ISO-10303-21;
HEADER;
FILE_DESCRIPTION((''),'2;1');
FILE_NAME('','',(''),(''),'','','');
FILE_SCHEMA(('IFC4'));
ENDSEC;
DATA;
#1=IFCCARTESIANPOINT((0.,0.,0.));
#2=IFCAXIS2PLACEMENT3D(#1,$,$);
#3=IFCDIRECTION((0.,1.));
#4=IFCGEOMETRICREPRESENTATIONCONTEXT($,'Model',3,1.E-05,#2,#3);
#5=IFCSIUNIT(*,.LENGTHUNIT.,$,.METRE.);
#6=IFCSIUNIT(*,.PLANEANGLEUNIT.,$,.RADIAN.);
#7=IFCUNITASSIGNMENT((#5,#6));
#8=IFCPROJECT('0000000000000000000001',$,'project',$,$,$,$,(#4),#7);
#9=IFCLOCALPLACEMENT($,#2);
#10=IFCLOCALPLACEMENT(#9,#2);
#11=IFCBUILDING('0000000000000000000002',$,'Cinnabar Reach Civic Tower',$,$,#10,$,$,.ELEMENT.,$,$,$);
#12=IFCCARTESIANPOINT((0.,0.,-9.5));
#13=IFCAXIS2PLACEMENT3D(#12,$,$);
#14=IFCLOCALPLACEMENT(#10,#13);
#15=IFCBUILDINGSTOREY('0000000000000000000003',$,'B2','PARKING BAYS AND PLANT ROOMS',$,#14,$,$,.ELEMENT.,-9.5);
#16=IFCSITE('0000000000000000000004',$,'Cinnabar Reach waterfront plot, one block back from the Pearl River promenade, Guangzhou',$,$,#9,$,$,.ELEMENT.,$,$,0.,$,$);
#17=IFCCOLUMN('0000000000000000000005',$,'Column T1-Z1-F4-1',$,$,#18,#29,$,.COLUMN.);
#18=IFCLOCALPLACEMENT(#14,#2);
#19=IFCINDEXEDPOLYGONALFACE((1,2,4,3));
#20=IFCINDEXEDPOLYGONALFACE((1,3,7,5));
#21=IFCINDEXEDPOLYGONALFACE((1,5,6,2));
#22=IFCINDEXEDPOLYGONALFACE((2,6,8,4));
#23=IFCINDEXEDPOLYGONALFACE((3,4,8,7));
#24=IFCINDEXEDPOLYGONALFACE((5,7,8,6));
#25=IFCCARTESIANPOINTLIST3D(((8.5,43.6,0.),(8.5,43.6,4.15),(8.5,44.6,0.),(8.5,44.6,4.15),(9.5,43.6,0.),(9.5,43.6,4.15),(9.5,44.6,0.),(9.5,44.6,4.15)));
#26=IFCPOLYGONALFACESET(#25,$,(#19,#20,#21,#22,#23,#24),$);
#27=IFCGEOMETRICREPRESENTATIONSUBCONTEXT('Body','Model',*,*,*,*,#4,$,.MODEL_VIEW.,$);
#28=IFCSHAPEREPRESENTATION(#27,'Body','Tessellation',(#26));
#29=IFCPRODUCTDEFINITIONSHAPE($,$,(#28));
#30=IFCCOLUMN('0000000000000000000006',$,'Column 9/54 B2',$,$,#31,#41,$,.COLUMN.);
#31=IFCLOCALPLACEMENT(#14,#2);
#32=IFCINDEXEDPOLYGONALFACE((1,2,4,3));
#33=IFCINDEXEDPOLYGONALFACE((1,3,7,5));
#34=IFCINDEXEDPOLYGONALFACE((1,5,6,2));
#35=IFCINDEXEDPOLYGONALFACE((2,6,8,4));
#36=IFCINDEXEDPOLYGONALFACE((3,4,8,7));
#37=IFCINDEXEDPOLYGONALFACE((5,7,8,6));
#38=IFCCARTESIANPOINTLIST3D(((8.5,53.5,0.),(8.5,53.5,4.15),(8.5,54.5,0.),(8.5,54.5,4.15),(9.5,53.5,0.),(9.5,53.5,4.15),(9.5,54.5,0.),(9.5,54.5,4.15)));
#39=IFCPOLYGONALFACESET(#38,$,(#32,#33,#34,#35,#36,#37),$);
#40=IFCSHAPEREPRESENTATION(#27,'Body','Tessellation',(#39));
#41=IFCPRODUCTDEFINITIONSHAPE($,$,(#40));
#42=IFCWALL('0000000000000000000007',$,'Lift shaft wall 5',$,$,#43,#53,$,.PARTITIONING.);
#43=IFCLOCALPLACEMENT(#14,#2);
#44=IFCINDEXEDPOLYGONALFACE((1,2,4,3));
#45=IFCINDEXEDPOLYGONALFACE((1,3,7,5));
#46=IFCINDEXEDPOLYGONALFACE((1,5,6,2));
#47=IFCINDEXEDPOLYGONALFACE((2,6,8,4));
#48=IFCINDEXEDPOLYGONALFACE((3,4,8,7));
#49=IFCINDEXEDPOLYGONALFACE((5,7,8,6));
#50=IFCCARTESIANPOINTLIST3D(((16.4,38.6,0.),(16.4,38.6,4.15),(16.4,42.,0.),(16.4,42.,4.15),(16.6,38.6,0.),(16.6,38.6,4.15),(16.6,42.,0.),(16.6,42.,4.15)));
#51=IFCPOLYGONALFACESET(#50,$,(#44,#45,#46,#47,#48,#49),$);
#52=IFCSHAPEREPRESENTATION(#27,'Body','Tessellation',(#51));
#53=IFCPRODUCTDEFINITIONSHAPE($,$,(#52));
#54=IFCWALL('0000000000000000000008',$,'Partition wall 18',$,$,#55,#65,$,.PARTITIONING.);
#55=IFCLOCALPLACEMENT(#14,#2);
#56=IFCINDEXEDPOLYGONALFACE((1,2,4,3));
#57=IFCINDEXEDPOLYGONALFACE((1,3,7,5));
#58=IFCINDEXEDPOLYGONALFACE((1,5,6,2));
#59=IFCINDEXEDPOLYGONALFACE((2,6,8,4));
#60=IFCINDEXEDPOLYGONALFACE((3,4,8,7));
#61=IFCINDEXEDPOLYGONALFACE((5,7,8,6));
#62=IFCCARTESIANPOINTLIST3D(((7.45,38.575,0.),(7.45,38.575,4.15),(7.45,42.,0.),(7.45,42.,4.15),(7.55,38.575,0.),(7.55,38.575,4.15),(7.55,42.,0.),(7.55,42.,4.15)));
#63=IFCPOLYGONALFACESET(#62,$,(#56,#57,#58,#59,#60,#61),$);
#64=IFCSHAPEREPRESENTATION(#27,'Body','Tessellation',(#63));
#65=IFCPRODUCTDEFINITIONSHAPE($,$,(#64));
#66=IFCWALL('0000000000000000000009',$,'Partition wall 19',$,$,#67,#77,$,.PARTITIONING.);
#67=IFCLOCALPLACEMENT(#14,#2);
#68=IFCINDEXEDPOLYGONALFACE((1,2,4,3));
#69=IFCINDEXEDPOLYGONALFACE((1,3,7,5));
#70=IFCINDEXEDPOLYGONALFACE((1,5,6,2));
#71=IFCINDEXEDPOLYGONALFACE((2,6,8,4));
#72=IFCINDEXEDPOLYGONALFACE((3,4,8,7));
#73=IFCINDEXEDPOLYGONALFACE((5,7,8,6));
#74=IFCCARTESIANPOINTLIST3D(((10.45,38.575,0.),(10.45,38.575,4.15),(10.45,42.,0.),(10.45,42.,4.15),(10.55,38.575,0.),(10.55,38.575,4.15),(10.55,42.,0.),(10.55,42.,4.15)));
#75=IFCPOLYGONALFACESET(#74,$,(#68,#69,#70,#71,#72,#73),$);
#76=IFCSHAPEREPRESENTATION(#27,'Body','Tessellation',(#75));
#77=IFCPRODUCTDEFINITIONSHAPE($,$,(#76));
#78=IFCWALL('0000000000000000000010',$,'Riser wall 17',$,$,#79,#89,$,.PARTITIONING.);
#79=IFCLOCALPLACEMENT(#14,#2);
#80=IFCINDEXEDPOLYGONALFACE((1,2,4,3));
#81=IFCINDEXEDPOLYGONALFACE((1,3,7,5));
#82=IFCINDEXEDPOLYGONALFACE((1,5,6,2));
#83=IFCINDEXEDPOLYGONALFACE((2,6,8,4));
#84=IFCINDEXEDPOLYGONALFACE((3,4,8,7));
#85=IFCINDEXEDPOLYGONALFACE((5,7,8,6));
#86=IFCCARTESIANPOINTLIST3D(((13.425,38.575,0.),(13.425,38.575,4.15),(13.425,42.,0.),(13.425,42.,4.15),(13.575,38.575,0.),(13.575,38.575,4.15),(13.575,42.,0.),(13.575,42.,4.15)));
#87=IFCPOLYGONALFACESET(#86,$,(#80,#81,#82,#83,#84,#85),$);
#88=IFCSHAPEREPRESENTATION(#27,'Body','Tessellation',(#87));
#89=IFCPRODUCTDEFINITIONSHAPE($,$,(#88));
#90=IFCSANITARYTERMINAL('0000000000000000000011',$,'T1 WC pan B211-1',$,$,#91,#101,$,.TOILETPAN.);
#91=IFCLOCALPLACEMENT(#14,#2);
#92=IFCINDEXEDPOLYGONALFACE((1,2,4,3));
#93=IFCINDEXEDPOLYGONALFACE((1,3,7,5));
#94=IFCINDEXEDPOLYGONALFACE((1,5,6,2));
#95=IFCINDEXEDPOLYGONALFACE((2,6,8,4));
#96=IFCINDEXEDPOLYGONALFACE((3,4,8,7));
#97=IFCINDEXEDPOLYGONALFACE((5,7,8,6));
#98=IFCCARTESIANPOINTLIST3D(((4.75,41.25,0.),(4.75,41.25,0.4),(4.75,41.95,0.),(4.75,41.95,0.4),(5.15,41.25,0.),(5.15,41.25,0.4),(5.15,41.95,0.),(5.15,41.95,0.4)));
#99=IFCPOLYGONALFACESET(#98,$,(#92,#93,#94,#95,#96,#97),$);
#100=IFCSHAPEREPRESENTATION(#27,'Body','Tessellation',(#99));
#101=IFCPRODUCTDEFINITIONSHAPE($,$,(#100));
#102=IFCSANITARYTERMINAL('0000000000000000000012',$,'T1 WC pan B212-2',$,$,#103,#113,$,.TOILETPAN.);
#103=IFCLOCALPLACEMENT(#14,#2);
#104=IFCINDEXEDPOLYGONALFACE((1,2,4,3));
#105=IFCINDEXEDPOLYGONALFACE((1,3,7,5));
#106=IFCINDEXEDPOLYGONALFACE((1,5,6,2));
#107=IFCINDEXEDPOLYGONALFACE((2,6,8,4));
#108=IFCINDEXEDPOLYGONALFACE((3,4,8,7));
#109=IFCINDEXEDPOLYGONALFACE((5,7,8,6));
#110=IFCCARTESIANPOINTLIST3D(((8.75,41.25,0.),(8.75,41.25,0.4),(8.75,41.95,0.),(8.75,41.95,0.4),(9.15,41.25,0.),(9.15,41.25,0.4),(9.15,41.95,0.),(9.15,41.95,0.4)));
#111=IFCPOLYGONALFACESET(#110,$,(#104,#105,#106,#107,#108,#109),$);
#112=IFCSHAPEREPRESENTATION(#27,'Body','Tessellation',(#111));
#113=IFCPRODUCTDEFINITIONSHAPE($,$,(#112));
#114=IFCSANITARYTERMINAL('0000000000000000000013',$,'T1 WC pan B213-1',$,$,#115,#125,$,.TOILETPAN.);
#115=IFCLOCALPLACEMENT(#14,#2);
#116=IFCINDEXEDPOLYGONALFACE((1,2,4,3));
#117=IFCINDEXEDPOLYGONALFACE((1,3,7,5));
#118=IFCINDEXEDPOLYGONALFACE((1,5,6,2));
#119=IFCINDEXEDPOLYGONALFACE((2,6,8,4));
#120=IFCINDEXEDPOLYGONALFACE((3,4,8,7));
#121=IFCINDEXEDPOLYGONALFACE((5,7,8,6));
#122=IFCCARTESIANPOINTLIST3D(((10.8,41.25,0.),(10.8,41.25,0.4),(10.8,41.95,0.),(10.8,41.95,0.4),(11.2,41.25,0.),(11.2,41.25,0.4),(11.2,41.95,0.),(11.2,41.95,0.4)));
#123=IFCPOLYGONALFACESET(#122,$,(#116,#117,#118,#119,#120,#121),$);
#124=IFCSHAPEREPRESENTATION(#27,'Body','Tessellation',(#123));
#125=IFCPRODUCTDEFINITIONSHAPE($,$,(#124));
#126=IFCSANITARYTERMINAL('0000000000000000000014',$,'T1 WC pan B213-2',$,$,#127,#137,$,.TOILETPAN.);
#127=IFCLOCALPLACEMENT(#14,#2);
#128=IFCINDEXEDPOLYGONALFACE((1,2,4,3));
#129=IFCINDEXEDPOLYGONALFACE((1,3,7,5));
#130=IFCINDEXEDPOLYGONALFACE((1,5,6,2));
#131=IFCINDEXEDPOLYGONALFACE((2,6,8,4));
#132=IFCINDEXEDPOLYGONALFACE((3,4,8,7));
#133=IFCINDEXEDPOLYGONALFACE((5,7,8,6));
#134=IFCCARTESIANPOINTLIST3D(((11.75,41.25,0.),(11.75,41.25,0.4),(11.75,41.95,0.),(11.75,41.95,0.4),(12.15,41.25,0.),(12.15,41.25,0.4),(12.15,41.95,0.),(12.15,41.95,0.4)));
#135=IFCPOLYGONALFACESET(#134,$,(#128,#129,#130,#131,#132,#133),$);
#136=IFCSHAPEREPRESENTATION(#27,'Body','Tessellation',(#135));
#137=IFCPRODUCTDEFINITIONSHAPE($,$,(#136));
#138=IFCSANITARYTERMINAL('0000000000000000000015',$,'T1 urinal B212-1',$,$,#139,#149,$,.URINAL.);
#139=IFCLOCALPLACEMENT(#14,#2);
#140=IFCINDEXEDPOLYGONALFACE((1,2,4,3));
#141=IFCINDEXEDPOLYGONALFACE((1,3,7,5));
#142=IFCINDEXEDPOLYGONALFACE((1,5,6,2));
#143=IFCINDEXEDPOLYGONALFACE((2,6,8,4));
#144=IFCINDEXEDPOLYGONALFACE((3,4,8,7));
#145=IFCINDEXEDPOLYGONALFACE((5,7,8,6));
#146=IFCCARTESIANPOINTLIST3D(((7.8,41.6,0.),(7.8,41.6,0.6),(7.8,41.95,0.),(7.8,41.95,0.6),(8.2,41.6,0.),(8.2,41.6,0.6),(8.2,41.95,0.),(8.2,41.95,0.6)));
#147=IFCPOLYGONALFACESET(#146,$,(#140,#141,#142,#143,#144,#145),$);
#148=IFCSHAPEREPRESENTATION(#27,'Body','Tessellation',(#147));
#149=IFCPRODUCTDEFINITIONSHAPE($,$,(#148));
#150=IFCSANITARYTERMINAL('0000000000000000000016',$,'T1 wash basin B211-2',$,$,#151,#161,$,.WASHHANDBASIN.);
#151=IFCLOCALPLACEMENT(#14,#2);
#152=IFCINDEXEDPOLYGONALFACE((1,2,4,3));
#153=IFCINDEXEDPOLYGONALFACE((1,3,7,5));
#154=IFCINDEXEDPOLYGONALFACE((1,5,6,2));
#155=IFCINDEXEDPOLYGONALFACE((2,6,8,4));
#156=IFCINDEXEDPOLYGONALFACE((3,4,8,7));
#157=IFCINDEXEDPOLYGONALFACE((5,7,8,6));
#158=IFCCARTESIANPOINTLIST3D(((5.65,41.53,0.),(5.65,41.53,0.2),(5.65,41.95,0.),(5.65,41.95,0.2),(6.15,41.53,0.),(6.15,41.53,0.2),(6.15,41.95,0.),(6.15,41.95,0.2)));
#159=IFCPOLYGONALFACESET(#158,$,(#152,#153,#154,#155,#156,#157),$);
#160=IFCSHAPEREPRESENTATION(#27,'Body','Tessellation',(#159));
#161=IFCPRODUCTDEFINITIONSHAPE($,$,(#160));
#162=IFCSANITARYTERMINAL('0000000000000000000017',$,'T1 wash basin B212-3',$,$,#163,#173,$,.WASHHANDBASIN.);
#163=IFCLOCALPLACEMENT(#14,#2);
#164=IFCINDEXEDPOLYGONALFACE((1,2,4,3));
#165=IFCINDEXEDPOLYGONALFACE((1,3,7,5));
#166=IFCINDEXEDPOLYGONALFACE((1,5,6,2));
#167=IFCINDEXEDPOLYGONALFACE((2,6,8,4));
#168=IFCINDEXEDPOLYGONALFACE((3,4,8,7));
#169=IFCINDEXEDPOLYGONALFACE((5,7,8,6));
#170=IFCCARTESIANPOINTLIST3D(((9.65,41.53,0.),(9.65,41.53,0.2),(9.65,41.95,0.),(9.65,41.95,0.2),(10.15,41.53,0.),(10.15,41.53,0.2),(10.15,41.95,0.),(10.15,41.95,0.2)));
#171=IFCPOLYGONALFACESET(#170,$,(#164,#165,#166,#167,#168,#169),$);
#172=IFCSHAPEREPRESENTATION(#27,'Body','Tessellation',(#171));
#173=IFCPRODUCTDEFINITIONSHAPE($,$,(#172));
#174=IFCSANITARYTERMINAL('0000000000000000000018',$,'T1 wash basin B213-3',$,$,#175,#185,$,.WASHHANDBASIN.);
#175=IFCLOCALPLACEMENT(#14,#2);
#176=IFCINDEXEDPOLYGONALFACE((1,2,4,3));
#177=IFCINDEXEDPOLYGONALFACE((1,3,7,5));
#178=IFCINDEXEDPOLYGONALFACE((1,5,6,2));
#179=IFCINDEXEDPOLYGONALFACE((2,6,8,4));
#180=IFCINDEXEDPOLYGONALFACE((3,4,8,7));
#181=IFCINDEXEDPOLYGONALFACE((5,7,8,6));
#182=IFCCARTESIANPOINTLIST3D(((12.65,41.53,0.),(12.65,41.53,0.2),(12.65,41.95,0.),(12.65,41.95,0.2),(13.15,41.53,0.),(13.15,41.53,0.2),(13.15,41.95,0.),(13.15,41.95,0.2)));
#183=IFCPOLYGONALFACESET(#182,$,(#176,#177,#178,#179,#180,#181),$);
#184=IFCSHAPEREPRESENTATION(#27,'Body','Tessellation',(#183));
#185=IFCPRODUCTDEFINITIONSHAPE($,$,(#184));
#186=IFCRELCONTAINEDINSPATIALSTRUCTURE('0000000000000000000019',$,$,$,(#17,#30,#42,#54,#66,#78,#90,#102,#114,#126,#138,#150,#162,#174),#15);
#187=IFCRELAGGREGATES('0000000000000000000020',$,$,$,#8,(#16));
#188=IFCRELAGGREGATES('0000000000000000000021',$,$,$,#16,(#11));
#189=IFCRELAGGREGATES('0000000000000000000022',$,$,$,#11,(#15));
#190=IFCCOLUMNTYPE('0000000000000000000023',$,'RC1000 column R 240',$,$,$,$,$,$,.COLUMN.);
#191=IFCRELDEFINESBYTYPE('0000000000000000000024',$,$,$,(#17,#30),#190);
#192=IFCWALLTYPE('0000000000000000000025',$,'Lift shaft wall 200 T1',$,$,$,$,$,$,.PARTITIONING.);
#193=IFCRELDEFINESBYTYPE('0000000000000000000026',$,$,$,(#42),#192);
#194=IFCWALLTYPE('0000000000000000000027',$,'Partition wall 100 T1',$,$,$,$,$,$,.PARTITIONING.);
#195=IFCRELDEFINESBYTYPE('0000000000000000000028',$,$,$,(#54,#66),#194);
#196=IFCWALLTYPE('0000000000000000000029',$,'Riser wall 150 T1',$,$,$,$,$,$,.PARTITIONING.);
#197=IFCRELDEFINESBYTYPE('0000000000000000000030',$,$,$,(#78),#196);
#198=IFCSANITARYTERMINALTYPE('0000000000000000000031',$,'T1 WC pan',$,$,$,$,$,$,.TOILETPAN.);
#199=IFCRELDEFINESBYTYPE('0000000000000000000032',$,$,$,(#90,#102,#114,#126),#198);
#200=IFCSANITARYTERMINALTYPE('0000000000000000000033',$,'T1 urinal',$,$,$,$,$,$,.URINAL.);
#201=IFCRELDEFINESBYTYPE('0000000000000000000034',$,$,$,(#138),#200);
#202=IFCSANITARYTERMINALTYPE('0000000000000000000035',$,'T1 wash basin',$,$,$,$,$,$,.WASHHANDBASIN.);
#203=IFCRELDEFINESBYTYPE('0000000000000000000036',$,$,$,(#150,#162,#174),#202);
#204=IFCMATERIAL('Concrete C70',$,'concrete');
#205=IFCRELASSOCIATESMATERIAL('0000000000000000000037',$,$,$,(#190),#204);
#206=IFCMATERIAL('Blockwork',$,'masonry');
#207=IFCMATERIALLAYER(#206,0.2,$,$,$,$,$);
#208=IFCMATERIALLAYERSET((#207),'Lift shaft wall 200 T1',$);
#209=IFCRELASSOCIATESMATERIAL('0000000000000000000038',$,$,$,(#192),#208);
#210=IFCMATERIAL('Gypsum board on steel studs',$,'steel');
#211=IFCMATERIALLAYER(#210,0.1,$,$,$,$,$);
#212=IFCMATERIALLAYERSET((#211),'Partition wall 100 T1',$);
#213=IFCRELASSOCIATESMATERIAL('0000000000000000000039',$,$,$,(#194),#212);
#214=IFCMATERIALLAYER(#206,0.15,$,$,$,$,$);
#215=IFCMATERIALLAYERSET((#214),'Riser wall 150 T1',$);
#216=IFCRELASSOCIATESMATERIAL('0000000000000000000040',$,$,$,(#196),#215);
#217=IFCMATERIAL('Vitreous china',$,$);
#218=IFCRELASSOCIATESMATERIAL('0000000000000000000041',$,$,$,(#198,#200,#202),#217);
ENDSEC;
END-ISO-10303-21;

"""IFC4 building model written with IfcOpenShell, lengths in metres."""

from ifc_helpers import new_model, si_unit, direction, frame, frame_2d, origin, origin_2d, place, context, subcontext, project, spatial, rectangle, extrude, material, layer, layer_set, material_profile, profile_set, type_object, element, save


model = new_model("IFC4")

# Units and contexts
model_context = context("Model", 3, precision=1e-05, world=origin(), true_north=direction((0.0, 1.0)))
body_context = subcontext(model_context, "Body", "Model", "MODEL_VIEW")
ifc_project = project(units=[si_unit("LENGTHUNIT", "METRE"), si_unit("PLANEANGLEUNIT", "RADIAN")], contexts=[model_context])

# Site, building, storey
site_placement = place(None, origin())
site = spatial("IfcSite", under=ifc_project, at=site_placement, Name="Cinnabar Reach waterfront plot, one block back from the Pearl River promenade, Guangzhou", CompositionType="ELEMENT", RefElevation=0.0)
building_placement = place(site_placement, origin())
building = spatial("IfcBuilding", under=site, at=building_placement, Name="Cinnabar Reach Civic Tower", CompositionType="ELEMENT")
storey_placement = place(building_placement, frame((0.0, 0.0, -9.5)))
storey = spatial("IfcBuildingStorey", under=building, at=storey_placement, Name="B2", Description="PARKING BAYS AND PLANT ROOMS", CompositionType="ELEMENT", Elevation=-9.5)

# Columns
ifc_material_1 = material(Name="Concrete C70", Category="concrete")
ifc_material_profile = material_profile(ifc_material_1, rectangle(XDim=1.0, YDim=1.0, at=origin_2d()), Name="RC1000")
ifc_profile_set = profile_set([ifc_material_profile], Name="Concrete C70")
column_type = type_object("IfcColumnType", Name="RC1000 column R 240", PredefinedType="COLUMN", material=ifc_profile_set)
for number, where, z_axis, x_axis, name in (
    (1, (9.0, 44.1, 0.0), (0.0, 0.0, 1.0), (1.0, 0.0, 0.0), "Column T1-Z1-F4-1"),
    (2, (9.0, 54.0, 0.0), (0.0, 0.0, 1.0), (1.0, 0.0, 0.0), "Column 9/54 B2"),
):
    element("IfcColumn", number, at=place(storey_placement, frame(where, z_axis=z_axis, x_axis=x_axis)), inside=storey, type_object=column_type, Name=name, PredefinedType="COLUMN", context=body_context, shape_type="SweptSolid", body=[
        extrude(rectangle(XDim=1.0, YDim=1.0, at=origin_2d()), origin(), (0.0, 0.0, 1.0), 4.15),
    ])

# Walls
ifc_material_2 = material(Name="Blockwork", Category="masonry")
ifc_layer_1 = layer(ifc_material_2, 0.2)
ifc_layer_set_1 = layer_set([ifc_layer_1], Name="Lift shaft wall 200 T1")
wall_type_1 = type_object("IfcWallType", Name="Lift shaft wall 200 T1", PredefinedType="PARTITIONING", material=ifc_layer_set_1)
wall_1_placement = place(storey_placement, frame((16.5, 38.6, 0.0), z_axis=(0.0, 0.0, 1.0), x_axis=(0.0, 1.0, 0.0)))
element("IfcWall", 3, at=wall_1_placement, inside=storey, type_object=wall_type_1, Name="Lift shaft wall 5", PredefinedType="PARTITIONING", context=body_context, shape_type="SweptSolid", body=[
    extrude(rectangle(XDim=3.4, YDim=0.2, at=frame_2d((1.7, 0.0))), origin(), (0.0, 0.0, 1.0), 4.15),
])
ifc_material_3 = material(Name="Gypsum board on steel studs", Category="steel")
ifc_layer_2 = layer(ifc_material_3, 0.1)
ifc_layer_set_2 = layer_set([ifc_layer_2], Name="Partition wall 100 T1")
wall_type_2 = type_object("IfcWallType", Name="Partition wall 100 T1", PredefinedType="PARTITIONING", material=ifc_layer_set_2)
for number, where, z_axis, x_axis, name in (
    (4, (7.5, 38.575, 0.0), (0.0, 0.0, 1.0), (0.0, 1.0, 0.0), "Partition wall 18"),
    (5, (10.5, 38.575, 0.0), (0.0, 0.0, 1.0), (0.0, 1.0, 0.0), "Partition wall 19"),
):
    element("IfcWall", number, at=place(storey_placement, frame(where, z_axis=z_axis, x_axis=x_axis)), inside=storey, type_object=wall_type_2, Name=name, PredefinedType="PARTITIONING", context=body_context, shape_type="SweptSolid", body=[
        extrude(rectangle(XDim=3.425, YDim=0.1, at=frame_2d((1.7125, 0.0))), origin(), (0.0, 0.0, 1.0), 4.15),
    ])
ifc_layer_3 = layer(ifc_material_2, 0.15)
ifc_layer_set_3 = layer_set([ifc_layer_3], Name="Riser wall 150 T1")
wall_type_3 = type_object("IfcWallType", Name="Riser wall 150 T1", PredefinedType="PARTITIONING", material=ifc_layer_set_3)
wall_2_placement = place(storey_placement, frame((13.5, 38.575, 0.0), z_axis=(0.0, 0.0, 1.0), x_axis=(0.0, 1.0, 0.0)))
element("IfcWall", 6, at=wall_2_placement, inside=storey, type_object=wall_type_3, Name="Riser wall 17", PredefinedType="PARTITIONING", context=body_context, shape_type="SweptSolid", body=[
    extrude(rectangle(XDim=3.425, YDim=0.15, at=frame_2d((1.7125, 0.0))), origin(), (0.0, 0.0, 1.0), 4.15),
])

# Sanitary terminals
ifc_material_4 = material(Name="Vitreous china")
sanitary_terminal_type_1 = type_object("IfcSanitaryTerminalType", Name="T1 WC pan", PredefinedType="TOILETPAN", material=ifc_material_4)
for number, where, z_axis, x_axis, name in (
    (7, (4.95, 41.6, 0.0), (0.0, 0.0, 1.0), (1.0, 0.0, 0.0), "T1 WC pan B211-1"),
    (8, (8.95, 41.6, 0.0), (0.0, 0.0, 1.0), (1.0, 0.0, 0.0), "T1 WC pan B212-2"),
    (9, (11.0, 41.6, 0.0), (0.0, 0.0, 1.0), (1.0, 0.0, 0.0), "T1 WC pan B213-1"),
    (10, (11.95, 41.6, 0.0), (0.0, 0.0, 1.0), (1.0, 0.0, 0.0), "T1 WC pan B213-2"),
):
    element("IfcSanitaryTerminal", number, at=place(storey_placement, frame(where, z_axis=z_axis, x_axis=x_axis)), inside=storey, type_object=sanitary_terminal_type_1, Name=name, PredefinedType="TOILETPAN", context=body_context, shape_type="SweptSolid", body=[
        extrude(rectangle(XDim=0.4, YDim=0.7, at=origin_2d()), origin(), (0.0, 0.0, 1.0), 0.4),
    ])
sanitary_terminal_type_2 = type_object("IfcSanitaryTerminalType", Name="T1 urinal", PredefinedType="URINAL", material=ifc_material_4)
sanitary_terminal_placement = place(storey_placement, frame((8.0, 41.775, 0.0), z_axis=(0.0, 0.0, 1.0), x_axis=(1.0, 0.0, 0.0)))
element("IfcSanitaryTerminal", 11, at=sanitary_terminal_placement, inside=storey, type_object=sanitary_terminal_type_2, Name="T1 urinal B212-1", PredefinedType="URINAL", context=body_context, shape_type="SweptSolid", body=[
    extrude(rectangle(XDim=0.4, YDim=0.35, at=origin_2d()), origin(), (0.0, 0.0, 1.0), 0.6),
])
sanitary_terminal_type_3 = type_object("IfcSanitaryTerminalType", Name="T1 wash basin", PredefinedType="WASHHANDBASIN", material=ifc_material_4)
for number, where, z_axis, x_axis, name in (
    (12, (5.9, 41.74, 0.0), (0.0, 0.0, 1.0), (1.0, 0.0, 0.0), "T1 wash basin B211-2"),
    (13, (9.9, 41.74, 0.0), (0.0, 0.0, 1.0), (1.0, 0.0, 0.0), "T1 wash basin B212-3"),
    (14, (12.9, 41.74, 0.0), (0.0, 0.0, 1.0), (1.0, 0.0, 0.0), "T1 wash basin B213-3"),
):
    element("IfcSanitaryTerminal", number, at=place(storey_placement, frame(where, z_axis=z_axis, x_axis=x_axis)), inside=storey, type_object=sanitary_terminal_type_3, Name=name, PredefinedType="WASHHANDBASIN", context=body_context, shape_type="SweptSolid", body=[
        extrude(rectangle(XDim=0.5, YDim=0.42, at=origin_2d()), origin(), (0.0, 0.0, 1.0), 0.2),
    ])

save(model, "model.ifc")
